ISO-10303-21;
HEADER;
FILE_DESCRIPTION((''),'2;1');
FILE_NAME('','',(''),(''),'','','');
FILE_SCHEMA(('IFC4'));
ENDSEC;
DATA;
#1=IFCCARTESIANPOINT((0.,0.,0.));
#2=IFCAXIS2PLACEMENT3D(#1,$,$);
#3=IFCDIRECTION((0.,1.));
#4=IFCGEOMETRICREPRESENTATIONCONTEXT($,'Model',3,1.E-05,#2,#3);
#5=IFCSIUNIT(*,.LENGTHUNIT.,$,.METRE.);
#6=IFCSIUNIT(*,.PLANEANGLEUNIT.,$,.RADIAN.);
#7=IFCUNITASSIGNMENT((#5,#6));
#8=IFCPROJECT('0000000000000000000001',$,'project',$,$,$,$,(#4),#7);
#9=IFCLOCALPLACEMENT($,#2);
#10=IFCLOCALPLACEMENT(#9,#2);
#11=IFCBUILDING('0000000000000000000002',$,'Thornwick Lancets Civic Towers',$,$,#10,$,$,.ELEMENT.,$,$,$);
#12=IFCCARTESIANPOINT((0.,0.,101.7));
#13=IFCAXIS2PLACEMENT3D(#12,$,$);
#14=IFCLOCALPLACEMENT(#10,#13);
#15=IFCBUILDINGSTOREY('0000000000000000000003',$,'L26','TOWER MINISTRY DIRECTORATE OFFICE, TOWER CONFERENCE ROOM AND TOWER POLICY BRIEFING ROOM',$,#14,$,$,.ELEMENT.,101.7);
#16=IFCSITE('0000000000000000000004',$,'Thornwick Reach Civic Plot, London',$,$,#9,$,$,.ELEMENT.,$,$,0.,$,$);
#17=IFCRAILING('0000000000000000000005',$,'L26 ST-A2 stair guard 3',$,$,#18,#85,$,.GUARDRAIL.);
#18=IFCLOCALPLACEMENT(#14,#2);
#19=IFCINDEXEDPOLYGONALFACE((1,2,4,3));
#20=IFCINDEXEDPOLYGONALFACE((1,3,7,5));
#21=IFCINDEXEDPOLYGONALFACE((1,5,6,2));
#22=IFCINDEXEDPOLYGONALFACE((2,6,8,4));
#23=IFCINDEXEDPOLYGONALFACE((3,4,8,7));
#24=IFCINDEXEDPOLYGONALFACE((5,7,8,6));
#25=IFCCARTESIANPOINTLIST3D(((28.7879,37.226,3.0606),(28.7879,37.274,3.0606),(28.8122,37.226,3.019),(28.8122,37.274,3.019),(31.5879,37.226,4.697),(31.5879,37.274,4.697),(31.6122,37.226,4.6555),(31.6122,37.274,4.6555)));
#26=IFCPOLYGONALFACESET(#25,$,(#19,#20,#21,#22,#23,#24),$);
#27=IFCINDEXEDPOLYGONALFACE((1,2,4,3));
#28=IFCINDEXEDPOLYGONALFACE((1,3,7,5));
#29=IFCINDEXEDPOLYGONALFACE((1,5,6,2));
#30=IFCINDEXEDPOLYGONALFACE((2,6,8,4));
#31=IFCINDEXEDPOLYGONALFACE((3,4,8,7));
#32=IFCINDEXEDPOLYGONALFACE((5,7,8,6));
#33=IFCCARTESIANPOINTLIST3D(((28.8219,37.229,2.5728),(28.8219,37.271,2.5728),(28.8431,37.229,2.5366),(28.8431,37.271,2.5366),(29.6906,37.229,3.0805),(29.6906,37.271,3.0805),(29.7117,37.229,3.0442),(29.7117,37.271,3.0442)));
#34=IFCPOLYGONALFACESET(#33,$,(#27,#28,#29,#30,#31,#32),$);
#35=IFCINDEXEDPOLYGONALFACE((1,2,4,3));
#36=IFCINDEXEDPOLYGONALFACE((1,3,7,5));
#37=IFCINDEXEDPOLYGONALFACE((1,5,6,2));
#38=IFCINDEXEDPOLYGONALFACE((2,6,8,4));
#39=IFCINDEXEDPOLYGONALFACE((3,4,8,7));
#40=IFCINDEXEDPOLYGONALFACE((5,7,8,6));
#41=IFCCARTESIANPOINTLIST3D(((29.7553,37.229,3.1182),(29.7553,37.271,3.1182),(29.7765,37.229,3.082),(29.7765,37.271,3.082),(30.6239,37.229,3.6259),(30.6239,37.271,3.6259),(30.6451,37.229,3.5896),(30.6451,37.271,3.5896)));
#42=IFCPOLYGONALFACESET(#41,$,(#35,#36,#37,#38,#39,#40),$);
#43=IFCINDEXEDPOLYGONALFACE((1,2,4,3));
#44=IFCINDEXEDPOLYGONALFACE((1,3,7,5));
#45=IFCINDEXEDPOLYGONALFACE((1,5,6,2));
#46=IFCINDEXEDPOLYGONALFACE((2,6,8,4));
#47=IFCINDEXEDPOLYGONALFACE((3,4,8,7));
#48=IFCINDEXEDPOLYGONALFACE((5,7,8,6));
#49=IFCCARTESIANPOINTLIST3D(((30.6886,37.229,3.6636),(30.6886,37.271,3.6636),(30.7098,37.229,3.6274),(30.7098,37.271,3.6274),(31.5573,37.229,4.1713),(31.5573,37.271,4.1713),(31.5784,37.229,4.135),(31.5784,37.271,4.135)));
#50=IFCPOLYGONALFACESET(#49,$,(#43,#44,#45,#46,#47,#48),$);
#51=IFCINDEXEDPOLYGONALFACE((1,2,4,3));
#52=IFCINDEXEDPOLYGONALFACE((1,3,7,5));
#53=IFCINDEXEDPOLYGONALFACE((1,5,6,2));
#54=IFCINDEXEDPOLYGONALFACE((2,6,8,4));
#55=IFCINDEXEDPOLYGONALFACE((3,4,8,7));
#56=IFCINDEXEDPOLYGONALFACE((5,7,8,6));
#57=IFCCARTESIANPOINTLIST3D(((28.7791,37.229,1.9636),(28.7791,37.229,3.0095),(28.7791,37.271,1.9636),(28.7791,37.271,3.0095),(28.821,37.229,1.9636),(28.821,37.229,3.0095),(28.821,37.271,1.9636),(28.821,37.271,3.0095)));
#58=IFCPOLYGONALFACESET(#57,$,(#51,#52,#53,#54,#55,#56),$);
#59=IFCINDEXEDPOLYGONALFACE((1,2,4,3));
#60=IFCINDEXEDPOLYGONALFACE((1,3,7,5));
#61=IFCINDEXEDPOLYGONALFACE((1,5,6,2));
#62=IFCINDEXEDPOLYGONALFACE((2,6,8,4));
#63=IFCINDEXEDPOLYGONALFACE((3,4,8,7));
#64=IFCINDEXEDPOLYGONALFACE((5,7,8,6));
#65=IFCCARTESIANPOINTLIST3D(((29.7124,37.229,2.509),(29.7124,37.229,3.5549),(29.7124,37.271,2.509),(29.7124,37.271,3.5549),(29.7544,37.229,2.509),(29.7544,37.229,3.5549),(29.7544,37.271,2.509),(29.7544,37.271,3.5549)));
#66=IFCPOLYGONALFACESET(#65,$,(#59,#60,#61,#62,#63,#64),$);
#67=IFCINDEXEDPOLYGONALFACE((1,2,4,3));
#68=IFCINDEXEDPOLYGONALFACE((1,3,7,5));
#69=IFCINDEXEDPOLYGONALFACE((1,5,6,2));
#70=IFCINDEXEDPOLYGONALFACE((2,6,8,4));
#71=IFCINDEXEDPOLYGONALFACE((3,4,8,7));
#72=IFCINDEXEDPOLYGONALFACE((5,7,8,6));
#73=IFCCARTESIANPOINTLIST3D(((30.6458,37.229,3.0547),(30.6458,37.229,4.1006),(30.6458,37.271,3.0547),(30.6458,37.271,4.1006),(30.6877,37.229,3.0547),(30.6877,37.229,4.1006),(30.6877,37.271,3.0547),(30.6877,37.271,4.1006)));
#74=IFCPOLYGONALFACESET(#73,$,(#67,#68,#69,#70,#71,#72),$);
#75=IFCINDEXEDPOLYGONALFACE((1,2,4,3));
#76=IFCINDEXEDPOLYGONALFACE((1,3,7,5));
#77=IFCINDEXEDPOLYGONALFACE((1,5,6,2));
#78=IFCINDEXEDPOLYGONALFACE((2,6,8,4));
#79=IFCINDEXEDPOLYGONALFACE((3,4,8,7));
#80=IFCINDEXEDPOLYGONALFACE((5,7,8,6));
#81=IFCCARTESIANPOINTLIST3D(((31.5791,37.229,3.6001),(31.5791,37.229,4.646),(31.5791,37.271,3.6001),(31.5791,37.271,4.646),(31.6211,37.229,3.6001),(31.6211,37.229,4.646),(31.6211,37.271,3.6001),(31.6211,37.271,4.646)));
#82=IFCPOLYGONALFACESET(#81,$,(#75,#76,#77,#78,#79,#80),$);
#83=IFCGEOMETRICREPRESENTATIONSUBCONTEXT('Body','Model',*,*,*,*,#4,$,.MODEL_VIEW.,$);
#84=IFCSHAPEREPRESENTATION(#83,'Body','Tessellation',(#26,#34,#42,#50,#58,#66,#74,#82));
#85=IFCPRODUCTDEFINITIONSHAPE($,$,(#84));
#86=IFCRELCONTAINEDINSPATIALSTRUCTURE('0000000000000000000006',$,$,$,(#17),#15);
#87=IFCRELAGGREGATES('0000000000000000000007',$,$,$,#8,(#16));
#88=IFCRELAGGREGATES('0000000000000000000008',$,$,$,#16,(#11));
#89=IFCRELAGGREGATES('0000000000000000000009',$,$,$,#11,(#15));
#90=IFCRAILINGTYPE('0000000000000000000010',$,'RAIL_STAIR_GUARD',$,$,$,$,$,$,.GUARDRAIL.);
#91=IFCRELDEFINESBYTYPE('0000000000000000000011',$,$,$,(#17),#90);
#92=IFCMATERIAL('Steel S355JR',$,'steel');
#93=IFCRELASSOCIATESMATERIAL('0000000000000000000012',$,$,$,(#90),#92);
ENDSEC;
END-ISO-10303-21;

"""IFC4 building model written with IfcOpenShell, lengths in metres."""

from ifc_helpers import new_model, si_unit, direction, frame, origin, origin_2d, place, context, subcontext, project, spatial, rectangle, extrude, material, type_object, element, save


model = new_model("IFC4")

# Units and contexts
model_context = context("Model", 3, precision=1e-05, world=origin(), true_north=direction((0.0, 1.0)))
body_context = subcontext(model_context, "Body", "Model", "MODEL_VIEW")
ifc_project = project(units=[si_unit("LENGTHUNIT", "METRE"), si_unit("PLANEANGLEUNIT", "RADIAN")], contexts=[model_context])

# Site, building, storey
site_placement = place(None, origin())
site = spatial("IfcSite", under=ifc_project, at=site_placement, Name="Thornwick Reach Civic Plot, London", CompositionType="ELEMENT", RefElevation=0.0)
building_placement = place(site_placement, origin())
building = spatial("IfcBuilding", under=site, at=building_placement, Name="Thornwick Lancets Civic Towers", CompositionType="ELEMENT")
storey_placement = place(building_placement, frame((0.0, 0.0, 101.7)))
storey = spatial("IfcBuildingStorey", under=building, at=storey_placement, Name="L26", Description="TOWER MINISTRY DIRECTORATE OFFICE, TOWER CONFERENCE ROOM AND TOWER POLICY BRIEFING ROOM", CompositionType="ELEMENT", Elevation=101.7)

# Shared definitions
ifc_material_1 = material(Name="Steel S355JR", Category="steel")

# Railing
railing_type_1 = type_object("IfcRailingType", Name="RAIL_STAIR_GUARD", PredefinedType="GUARDRAIL", material=ifc_material_1)
railing_1_placement = place(storey_placement, frame((28.8, 37.25, 1.9636)))
element("IfcRailing", 1, at=railing_1_placement, inside=storey, type_object=railing_type_1, Name="L26 ST-A2 stair guard 3", PredefinedType="GUARDRAIL", context=body_context, shape_type="SweptSolid", body=[
    extrude(rectangle(XDim=0.0481, YDim=0.0481, at=origin_2d()), frame((0.0, 0.0, 1.0762), z_axis=(0.863361, 0.0, 0.504587), x_axis=(0.0, 1.0, 0.0)), (0.0, 0.0, 1.0), 3.2432),
    extrude(rectangle(XDim=0.042, YDim=0.042, at=origin_2d()), frame((0.0325, 0.0, 0.5911), z_axis=(0.863361, 0.0, 0.504587), x_axis=(0.0, 1.0, 0.0)), (0.0, 0.0, 1.0), 1.0061),
    extrude(rectangle(XDim=0.042, YDim=0.042, at=origin_2d()), frame((0.9658, 0.0, 1.1365), z_axis=(0.863361, 0.0, 0.504587), x_axis=(0.0, 1.0, 0.0)), (0.0, 0.0, 1.0), 1.0061),
    extrude(rectangle(XDim=0.042, YDim=0.042, at=origin_2d()), frame((1.8992, 0.0, 1.6819), z_axis=(0.863361, 0.0, 0.504587), x_axis=(0.0, 1.0, 0.0)), (0.0, 0.0, 1.0), 1.0061),
    extrude(rectangle(XDim=0.042, YDim=0.042, at=origin_2d()), origin(), (0.0, 0.0, 1.0), 1.0459),
    extrude(rectangle(XDim=0.042, YDim=0.042, at=origin_2d()), frame((0.9333, 0.0, 0.5454)), (0.0, 0.0, 1.0), 1.0459),
    extrude(rectangle(XDim=0.042, YDim=0.042, at=origin_2d()), frame((1.8667, 0.0, 1.0911)), (0.0, 0.0, 1.0), 1.0459),
    extrude(rectangle(XDim=0.042, YDim=0.042, at=origin_2d()), frame((2.8, 0.0, 1.6365)), (0.0, 0.0, 1.0), 1.0459),
])

save(model, "model.ifc")
